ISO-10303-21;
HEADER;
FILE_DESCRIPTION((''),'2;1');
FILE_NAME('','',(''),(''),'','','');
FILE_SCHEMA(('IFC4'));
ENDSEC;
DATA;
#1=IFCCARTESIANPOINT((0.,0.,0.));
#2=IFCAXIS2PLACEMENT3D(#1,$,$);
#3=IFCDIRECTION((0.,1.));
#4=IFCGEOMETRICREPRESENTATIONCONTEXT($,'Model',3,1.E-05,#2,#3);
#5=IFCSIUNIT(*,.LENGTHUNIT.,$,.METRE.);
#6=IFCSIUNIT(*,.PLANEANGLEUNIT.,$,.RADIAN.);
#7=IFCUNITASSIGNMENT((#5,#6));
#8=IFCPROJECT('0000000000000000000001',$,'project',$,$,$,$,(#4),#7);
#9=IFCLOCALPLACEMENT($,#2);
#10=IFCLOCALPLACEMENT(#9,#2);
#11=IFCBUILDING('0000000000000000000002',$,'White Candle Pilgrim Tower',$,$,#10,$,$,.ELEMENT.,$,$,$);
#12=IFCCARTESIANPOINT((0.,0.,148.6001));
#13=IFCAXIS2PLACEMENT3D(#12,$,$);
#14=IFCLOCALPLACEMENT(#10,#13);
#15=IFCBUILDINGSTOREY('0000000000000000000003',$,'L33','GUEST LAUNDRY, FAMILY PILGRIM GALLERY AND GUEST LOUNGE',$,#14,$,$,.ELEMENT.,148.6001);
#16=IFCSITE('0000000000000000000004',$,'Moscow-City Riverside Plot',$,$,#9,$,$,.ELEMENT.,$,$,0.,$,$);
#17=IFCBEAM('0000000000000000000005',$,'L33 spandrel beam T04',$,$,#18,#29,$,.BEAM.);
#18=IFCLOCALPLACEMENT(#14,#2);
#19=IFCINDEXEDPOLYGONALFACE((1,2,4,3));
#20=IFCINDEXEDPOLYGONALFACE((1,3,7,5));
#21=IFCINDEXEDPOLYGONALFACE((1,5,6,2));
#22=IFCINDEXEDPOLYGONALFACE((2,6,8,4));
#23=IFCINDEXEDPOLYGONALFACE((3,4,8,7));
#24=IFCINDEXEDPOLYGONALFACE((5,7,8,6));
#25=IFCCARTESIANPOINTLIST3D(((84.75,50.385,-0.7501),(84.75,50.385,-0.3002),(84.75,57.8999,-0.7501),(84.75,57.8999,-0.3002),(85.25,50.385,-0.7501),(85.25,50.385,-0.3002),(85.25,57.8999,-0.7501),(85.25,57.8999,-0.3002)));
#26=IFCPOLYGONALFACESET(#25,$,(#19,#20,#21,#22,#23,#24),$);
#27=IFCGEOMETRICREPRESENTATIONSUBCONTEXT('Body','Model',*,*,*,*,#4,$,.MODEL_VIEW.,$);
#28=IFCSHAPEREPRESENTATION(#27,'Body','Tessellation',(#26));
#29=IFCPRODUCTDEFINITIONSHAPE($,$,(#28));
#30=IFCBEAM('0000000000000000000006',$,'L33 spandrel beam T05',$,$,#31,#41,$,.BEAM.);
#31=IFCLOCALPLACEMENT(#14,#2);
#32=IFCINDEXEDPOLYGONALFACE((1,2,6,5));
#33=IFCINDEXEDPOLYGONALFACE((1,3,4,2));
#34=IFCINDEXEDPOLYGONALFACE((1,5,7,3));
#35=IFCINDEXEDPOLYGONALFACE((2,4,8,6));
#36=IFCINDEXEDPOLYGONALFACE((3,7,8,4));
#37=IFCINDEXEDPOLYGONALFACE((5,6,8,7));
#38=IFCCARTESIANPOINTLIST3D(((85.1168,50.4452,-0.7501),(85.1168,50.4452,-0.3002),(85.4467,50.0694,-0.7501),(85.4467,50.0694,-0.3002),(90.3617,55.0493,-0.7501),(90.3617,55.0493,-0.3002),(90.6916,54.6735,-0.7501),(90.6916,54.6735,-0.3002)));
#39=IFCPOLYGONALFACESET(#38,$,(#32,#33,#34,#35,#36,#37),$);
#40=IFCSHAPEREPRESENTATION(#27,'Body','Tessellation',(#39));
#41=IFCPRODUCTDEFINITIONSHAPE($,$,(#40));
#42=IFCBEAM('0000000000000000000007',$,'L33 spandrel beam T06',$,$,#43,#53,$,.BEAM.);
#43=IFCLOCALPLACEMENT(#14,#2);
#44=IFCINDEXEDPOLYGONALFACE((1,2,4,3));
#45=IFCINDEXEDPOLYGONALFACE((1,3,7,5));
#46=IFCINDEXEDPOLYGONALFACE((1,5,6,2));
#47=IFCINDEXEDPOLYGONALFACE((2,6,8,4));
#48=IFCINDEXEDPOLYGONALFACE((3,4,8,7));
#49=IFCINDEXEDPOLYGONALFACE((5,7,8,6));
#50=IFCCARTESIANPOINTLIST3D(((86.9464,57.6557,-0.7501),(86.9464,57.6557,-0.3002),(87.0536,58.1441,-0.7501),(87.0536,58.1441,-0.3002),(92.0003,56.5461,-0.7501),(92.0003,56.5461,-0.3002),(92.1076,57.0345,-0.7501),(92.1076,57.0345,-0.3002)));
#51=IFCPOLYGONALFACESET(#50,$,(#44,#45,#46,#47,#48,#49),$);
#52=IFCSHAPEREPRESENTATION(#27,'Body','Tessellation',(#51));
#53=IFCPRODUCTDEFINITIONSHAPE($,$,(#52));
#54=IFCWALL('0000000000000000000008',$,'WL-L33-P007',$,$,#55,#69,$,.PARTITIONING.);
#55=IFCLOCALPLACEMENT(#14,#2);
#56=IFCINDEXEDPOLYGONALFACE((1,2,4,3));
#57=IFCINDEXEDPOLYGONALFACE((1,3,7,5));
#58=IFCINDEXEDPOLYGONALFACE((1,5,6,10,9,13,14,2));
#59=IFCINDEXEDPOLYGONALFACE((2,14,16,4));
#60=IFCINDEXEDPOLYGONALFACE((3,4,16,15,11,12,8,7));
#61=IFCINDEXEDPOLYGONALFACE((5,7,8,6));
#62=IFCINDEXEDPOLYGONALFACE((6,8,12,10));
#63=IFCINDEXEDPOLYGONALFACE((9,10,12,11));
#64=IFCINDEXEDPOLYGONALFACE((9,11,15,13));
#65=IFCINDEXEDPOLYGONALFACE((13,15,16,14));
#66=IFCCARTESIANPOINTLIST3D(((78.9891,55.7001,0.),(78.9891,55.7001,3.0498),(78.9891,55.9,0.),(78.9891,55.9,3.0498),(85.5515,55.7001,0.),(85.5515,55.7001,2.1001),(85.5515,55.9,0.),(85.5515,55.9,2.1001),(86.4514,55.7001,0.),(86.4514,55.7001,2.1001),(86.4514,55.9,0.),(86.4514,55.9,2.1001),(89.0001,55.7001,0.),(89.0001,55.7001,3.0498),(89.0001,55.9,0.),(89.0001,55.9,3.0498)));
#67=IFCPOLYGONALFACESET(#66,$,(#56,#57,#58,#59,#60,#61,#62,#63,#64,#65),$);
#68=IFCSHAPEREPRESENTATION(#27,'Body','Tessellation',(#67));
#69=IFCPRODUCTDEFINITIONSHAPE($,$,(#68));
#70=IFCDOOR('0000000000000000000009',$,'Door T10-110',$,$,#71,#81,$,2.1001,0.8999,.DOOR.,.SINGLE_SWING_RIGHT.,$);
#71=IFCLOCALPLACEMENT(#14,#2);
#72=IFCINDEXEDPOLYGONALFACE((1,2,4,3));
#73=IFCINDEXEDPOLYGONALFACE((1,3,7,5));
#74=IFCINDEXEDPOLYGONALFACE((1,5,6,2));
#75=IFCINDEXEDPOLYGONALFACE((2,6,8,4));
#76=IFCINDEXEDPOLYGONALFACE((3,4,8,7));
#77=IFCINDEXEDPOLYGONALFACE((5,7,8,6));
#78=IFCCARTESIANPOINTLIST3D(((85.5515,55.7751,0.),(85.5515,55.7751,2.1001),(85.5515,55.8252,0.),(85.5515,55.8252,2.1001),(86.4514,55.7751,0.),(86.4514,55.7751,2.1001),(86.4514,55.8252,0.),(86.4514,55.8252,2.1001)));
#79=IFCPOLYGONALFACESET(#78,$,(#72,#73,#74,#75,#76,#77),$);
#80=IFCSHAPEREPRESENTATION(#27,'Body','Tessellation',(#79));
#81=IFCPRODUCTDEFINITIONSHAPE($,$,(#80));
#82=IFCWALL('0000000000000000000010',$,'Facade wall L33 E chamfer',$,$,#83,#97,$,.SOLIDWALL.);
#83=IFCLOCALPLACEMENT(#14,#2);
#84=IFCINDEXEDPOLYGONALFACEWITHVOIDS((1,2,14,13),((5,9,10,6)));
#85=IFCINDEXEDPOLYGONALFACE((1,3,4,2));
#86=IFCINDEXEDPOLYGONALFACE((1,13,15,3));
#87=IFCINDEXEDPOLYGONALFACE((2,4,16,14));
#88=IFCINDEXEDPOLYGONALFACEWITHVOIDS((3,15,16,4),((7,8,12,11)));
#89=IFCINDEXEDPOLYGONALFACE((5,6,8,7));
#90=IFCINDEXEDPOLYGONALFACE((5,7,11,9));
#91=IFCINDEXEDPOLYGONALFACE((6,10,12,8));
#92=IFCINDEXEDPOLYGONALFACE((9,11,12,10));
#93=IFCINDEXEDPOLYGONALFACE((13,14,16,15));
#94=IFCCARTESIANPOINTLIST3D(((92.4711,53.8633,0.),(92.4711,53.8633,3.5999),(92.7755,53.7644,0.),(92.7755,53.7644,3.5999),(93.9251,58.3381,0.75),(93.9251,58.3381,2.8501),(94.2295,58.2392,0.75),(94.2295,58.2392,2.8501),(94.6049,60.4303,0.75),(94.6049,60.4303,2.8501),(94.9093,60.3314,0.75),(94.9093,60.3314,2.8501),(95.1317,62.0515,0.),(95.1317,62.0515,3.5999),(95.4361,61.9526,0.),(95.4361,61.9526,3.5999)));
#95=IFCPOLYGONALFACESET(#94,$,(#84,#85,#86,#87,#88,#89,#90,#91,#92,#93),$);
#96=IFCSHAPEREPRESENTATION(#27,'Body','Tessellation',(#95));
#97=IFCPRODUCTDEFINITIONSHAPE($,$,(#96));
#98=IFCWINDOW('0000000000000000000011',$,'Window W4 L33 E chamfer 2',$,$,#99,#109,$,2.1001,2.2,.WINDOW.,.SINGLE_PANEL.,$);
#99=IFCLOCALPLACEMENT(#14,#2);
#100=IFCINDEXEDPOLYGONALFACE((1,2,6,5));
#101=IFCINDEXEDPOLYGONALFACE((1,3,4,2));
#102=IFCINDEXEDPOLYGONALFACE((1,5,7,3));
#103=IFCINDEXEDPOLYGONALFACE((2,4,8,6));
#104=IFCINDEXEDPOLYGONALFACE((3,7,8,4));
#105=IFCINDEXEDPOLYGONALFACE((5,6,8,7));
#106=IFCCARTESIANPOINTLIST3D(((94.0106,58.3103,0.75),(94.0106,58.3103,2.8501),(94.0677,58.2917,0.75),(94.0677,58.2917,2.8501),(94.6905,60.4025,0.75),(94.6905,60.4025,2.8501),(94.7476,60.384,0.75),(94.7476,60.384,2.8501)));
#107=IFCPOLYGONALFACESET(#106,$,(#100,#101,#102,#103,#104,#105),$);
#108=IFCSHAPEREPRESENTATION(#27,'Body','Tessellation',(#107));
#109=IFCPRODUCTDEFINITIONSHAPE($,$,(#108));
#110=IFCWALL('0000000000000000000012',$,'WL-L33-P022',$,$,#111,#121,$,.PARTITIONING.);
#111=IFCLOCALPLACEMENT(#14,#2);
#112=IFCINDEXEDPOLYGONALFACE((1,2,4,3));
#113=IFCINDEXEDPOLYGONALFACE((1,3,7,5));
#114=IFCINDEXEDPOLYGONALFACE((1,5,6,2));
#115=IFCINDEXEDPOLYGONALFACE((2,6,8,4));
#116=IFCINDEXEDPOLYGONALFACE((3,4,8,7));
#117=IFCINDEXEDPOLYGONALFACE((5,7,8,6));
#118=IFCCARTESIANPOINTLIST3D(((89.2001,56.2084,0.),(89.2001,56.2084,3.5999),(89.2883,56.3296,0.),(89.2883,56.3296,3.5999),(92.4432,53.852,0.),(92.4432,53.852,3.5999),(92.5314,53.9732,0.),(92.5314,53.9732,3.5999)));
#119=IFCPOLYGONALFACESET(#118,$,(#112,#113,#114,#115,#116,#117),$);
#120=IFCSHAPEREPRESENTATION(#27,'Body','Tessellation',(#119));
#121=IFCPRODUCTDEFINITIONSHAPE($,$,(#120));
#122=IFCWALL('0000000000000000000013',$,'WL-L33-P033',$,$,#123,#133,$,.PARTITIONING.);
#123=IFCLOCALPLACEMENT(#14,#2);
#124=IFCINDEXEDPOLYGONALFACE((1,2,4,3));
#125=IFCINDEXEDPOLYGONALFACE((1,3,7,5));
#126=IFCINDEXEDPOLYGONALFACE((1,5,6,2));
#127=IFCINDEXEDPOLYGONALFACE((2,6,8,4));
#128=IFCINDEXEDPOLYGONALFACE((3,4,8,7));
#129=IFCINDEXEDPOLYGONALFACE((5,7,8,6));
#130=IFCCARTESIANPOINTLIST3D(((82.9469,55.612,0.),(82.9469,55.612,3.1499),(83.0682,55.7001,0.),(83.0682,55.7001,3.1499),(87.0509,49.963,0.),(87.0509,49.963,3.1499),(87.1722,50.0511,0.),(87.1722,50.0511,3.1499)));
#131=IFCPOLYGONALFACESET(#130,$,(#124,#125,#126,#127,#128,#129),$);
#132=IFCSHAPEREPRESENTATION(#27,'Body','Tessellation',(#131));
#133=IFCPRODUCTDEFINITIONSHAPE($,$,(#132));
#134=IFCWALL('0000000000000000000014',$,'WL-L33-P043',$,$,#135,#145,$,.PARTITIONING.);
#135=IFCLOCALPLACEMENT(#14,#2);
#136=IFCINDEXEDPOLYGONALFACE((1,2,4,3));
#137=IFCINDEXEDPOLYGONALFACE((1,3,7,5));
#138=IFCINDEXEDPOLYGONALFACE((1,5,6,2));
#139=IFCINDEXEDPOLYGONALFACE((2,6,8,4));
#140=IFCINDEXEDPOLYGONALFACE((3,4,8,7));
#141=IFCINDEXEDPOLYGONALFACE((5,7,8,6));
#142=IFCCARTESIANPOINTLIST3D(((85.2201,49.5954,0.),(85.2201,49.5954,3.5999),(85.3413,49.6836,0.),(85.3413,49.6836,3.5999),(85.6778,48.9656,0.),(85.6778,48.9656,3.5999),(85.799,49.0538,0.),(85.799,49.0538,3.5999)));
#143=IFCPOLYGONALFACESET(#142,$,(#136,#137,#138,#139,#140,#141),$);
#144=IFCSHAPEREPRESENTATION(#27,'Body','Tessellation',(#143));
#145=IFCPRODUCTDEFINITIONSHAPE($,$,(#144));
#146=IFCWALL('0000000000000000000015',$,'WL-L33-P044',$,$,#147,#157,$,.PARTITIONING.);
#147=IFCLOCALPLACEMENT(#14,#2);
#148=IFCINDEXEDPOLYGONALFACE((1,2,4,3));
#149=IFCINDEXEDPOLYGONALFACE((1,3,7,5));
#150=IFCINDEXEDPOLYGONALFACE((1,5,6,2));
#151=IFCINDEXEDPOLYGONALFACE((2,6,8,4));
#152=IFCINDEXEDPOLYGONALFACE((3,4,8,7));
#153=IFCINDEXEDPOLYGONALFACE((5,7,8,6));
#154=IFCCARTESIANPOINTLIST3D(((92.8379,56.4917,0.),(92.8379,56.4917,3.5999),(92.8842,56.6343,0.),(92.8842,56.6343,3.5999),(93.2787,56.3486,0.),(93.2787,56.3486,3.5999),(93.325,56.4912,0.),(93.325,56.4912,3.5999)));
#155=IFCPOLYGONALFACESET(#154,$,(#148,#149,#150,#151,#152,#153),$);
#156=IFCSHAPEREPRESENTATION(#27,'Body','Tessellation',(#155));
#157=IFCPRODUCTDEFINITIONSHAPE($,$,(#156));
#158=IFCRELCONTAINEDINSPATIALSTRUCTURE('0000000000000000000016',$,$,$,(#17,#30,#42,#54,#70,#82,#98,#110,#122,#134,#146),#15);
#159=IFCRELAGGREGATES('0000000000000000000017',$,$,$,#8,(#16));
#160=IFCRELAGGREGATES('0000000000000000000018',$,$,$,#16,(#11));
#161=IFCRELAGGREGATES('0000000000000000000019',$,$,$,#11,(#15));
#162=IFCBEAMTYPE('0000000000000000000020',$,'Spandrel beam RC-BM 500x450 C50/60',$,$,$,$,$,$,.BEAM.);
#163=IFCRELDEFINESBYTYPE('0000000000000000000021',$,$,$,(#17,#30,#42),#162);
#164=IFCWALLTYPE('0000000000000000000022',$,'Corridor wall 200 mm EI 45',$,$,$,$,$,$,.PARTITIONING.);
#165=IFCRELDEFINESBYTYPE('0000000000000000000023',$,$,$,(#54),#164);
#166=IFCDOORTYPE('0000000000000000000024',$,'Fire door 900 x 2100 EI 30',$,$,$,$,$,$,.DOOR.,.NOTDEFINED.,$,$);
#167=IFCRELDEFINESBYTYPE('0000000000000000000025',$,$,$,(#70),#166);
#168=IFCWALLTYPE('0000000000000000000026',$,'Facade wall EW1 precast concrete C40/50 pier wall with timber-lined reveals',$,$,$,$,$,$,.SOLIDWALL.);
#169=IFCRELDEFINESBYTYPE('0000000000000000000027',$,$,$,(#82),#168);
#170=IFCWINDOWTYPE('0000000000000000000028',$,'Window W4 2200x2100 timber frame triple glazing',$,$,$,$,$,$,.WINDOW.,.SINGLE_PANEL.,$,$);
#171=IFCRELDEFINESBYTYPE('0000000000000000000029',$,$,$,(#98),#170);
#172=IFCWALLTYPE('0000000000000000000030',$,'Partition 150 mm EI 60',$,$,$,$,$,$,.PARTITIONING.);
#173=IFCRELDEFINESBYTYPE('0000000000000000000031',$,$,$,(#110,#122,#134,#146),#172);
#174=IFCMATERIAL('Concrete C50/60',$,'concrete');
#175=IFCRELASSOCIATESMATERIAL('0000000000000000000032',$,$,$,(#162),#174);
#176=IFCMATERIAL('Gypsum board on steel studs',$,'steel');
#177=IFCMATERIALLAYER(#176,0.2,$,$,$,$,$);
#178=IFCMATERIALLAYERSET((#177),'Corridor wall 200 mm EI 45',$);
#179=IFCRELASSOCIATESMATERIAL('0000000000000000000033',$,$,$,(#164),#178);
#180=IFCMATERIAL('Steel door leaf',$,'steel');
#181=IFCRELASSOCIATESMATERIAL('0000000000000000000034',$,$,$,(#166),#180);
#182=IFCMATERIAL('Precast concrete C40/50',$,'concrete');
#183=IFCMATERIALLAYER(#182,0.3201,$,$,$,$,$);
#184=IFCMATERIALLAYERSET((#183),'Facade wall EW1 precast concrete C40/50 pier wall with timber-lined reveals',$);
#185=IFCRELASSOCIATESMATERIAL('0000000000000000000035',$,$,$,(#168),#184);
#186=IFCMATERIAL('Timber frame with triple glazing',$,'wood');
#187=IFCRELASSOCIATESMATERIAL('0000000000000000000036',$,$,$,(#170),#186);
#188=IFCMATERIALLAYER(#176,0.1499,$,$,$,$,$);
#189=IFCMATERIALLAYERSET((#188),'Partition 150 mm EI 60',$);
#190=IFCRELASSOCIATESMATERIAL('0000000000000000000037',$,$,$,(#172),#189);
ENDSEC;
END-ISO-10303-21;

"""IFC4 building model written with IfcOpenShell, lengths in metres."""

from ifc_helpers import new_model, si_unit, direction, frame, frame_2d, origin, origin_2d, place, context, subcontext, project, spatial, rectangle, extrude, material, layer, layer_set, material_profile, profile_set, type_object, element, fill, save


model = new_model("IFC4")

# Units and contexts
model_context = context("Model", 3, precision=1e-05, world=origin(), true_north=direction((0.0, 1.0)))
body_context = subcontext(model_context, "Body", "Model", "MODEL_VIEW")
ifc_project = project(units=[si_unit("LENGTHUNIT", "METRE"), si_unit("PLANEANGLEUNIT", "RADIAN")], contexts=[model_context])

# Site, building, storey
site_placement = place(None, origin())
site = spatial("IfcSite", under=ifc_project, at=site_placement, Name="Moscow-City Riverside Plot", CompositionType="ELEMENT", RefElevation=0.0)
building_placement = place(site_placement, origin())
building = spatial("IfcBuilding", under=site, at=building_placement, Name="White Candle Pilgrim Tower", CompositionType="ELEMENT")
storey_placement = place(building_placement, frame((0.0, 0.0, 148.6001)))
storey = spatial("IfcBuildingStorey", under=building, at=storey_placement, Name="L33", Description="GUEST LAUNDRY, FAMILY PILGRIM GALLERY AND GUEST LOUNGE", CompositionType="ELEMENT", Elevation=148.6001)

# Beams
ifc_material_1 = material(Name="Concrete C50/60", Category="concrete")
ifc_material_profile_1 = material_profile(ifc_material_1, rectangle(XDim=0.5, YDim=0.45, at=origin_2d()), Name="RC-BM 500x450")
ifc_profile_set_1 = profile_set([ifc_material_profile_1], Name="Concrete C50/60")
beam_type = type_object("IfcBeamType", Name="Spandrel beam RC-BM 500x450 C50/60", PredefinedType="BEAM", material=ifc_profile_set_1)
beam_1_placement = place(storey_placement, frame((85.0, 50.385, -0.5251), z_axis=(0.0, 1.0, 0.0), x_axis=(-1.0, 0.0, 0.0)))
element("IfcBeam", 1, at=beam_1_placement, inside=storey, type_object=beam_type, Name="L33 spandrel beam T04", PredefinedType="BEAM", context=body_context, shape_type="SweptSolid", body=[
    extrude(rectangle(XDim=0.5, YDim=0.45, at=origin_2d()), origin(), (0.0, 0.0, 1.0), 7.5149),
])
beam_2_placement = place(storey_placement, frame((85.2817, 50.2573, -0.5251), z_axis=(0.751529, 0.6597, 0.0), x_axis=(-0.6597, 0.751529, 0.0)))
element("IfcBeam", 2, at=beam_2_placement, inside=storey, type_object=beam_type, Name="L33 spandrel beam T05", PredefinedType="BEAM", context=body_context, shape_type="SweptSolid", body=[
    extrude(rectangle(XDim=0.5, YDim=0.45, at=origin_2d()), origin(), (0.0, 0.0, 1.0), 6.979),
])
beam_3_placement = place(storey_placement, frame((92.054, 56.7903, -0.5251), z_axis=(-0.976736, 0.214447, 0.0), x_axis=(-0.214447, -0.976736, 0.0)))
element("IfcBeam", 3, at=beam_3_placement, inside=storey, type_object=beam_type, Name="L33 spandrel beam T06", PredefinedType="BEAM", context=body_context, shape_type="SweptSolid", body=[
    extrude(rectangle(XDim=0.5, YDim=0.45, at=origin_2d()), origin(), (0.0, 0.0, 1.0), 5.1743),
])

# Wall, opening, door
ifc_material_2 = material(Name="Gypsum board on steel studs", Category="steel")
ifc_layer_1 = layer(ifc_material_2, 0.2)
ifc_layer_set_1 = layer_set([ifc_layer_1], Name="Corridor wall 200 mm EI 45")
wall_type_1 = type_object("IfcWallType", Name="Corridor wall 200 mm EI 45", PredefinedType="PARTITIONING", material=ifc_layer_set_1)
wall_1_placement = place(storey_placement, frame((89.0, 55.8, 0.0), z_axis=(0.0, 0.0, 1.0), x_axis=(-1.0, 0.0, 0.0)))
wall_1 = element("IfcWall", 4, at=wall_1_placement, inside=storey, type_object=wall_type_1, Name="WL-L33-P007", PredefinedType="PARTITIONING", context=body_context, shape_type="SweptSolid", body=[
    extrude(rectangle(XDim=10.011, YDim=0.2, at=frame_2d((5.0054, 0.0))), origin(), (0.0, 0.0, 1.0), 3.0498),
])
opening_1_placement = place(wall_1_placement, frame((2.5486, 0.0, 0.0)))
opening_1 = element("IfcOpeningElement", 5, at=opening_1_placement, cuts=wall_1, PredefinedType="OPENING", context=body_context, shape_type="SweptSolid", body=[
    extrude(rectangle(XDim=0.8999, YDim=2.1001, at=frame_2d((0.45, 1.05))), frame((0.0, 0.1099, 0.0), z_axis=(0.0, -1.0, 0.0), x_axis=(1.0, 0.0, 0.0)), (0.0, 0.0, 1.0), 0.22),
])
ifc_material_3 = material(Name="Steel door leaf", Category="steel")
door_type_1 = type_object("IfcDoorType", Name="Fire door 900 x 2100 EI 30", OperationType="NOTDEFINED", PredefinedType="DOOR", material=ifc_material_3)
door_1_placement = place(opening_1_placement, origin())
door_1 = element("IfcDoor", 6, at=door_1_placement, inside=storey, type_object=door_type_1, Name="Door T10-110", OperationType="SINGLE_SWING_RIGHT", OverallHeight=2.1001, OverallWidth=0.8999, PredefinedType="DOOR", context=body_context, shape_type="SweptSolid", body=[
    extrude(rectangle(XDim=0.8999, YDim=2.1001, at=frame_2d((0.45, 1.05))), frame((0.0, 0.0249, 0.0), z_axis=(0.0, -1.0, 0.0), x_axis=(1.0, 0.0, 0.0)), (0.0, 0.0, 1.0), 0.05),
])
fill(opening_1, door_1)

# Wall, opening, window
ifc_material_4 = material(Name="Precast concrete C40/50", Category="concrete")
ifc_layer_2 = layer(ifc_material_4, 0.3201)
ifc_layer_set_2 = layer_set([ifc_layer_2], Name="Facade wall EW1 precast concrete C40/50 pier wall with timber-lined reveals")
wall_type_2 = type_object("IfcWallType", Name="Facade wall EW1 precast concrete C40/50 pier wall with timber-lined reveals", PredefinedType="SOLIDWALL", material=ifc_layer_set_2)
wall_2_placement = place(storey_placement, frame((92.6233, 53.814, 0.0), z_axis=(0.0, 0.0, 1.0), x_axis=(0.30903, 0.951052, 0.0)))
wall_2 = element("IfcWall", 7, at=wall_2_placement, inside=storey, type_object=wall_type_2, Name="Facade wall L33 E chamfer", PredefinedType="SOLIDWALL", context=body_context, shape_type="SweptSolid", body=[
    extrude(rectangle(XDim=8.6096, YDim=0.3201, at=frame_2d((4.3047, 0.0))), origin(), (0.0, 0.0, 1.0), 3.5999),
])
opening_2_placement = place(wall_2_placement, frame((4.7048, 0.0, 0.75)))
opening_2 = element("IfcOpeningElement", 8, at=opening_2_placement, cuts=wall_2, PredefinedType="OPENING", context=body_context, shape_type="SweptSolid", body=[
    extrude(rectangle(XDim=2.2, YDim=2.1001, at=frame_2d((1.1001, 1.05))), frame((0.0, 0.1699, 0.0), z_axis=(0.0, -1.0, 0.0), x_axis=(1.0, 0.0, 0.0)), (0.0, 0.0, 1.0), 0.3401),
])
ifc_material_5 = material(Name="Timber frame with triple glazing", Category="wood")
window_type = type_object("IfcWindowType", Name="Window W4 2200x2100 timber frame triple glazing", PartitioningType="SINGLE_PANEL", PredefinedType="WINDOW", material=ifc_material_5)
window_placement = place(opening_2_placement, origin())
window = element("IfcWindow", 9, at=window_placement, inside=storey, type_object=window_type, Name="Window W4 L33 E chamfer 2", OverallHeight=2.1001, OverallWidth=2.2, PartitioningType="SINGLE_PANEL", PredefinedType="WINDOW", context=body_context, shape_type="SweptSolid", body=[
    extrude(rectangle(XDim=2.2, YDim=2.1001, at=frame_2d((1.1001, 1.05))), frame((0.0, 0.0701, 0.0), z_axis=(0.0, -1.0, 0.0), x_axis=(1.0, 0.0, 0.0)), (0.0, 0.0, 1.0), 0.0601),
])
fill(opening_2, window)

# Walls
ifc_layer_3 = layer(ifc_material_2, 0.1499)
ifc_layer_set_3 = layer_set([ifc_layer_3], Name="Partition 150 mm EI 60")
wall_type_3 = type_object("IfcWallType", Name="Partition 150 mm EI 60", PredefinedType="PARTITIONING", material=ifc_layer_set_3)
wall_3_placement = place(storey_placement, frame((92.4873, 53.9126, 0.0), z_axis=(0.0, 0.0, 1.0), x_axis=(-0.808999, 0.58781, 0.0)))
element("IfcWall", 10, at=wall_3_placement, inside=storey, type_object=wall_type_3, Name="WL-L33-P022", PredefinedType="PARTITIONING", context=body_context, shape_type="SweptSolid", body=[
    extrude(rectangle(XDim=4.0088, YDim=0.1499, at=frame_2d((2.0044, 0.0))), origin(), (0.0, 0.0, 1.0), 3.5999),
])
wall_4_placement = place(storey_placement, frame((87.1116, 50.0071, 0.0), z_axis=(0.0, 0.0, 1.0), x_axis=(-0.587768, 0.809029, 0.0)))
element("IfcWall", 11, at=wall_4_placement, inside=storey, type_object=wall_type_3, Name="WL-L33-P033", PredefinedType="PARTITIONING", context=body_context, shape_type="SweptSolid", body=[
    extrude(rectangle(XDim=6.9824, YDim=0.1499, at=frame_2d((3.4912, 0.0))), origin(), (0.0, 0.0, 1.0), 3.1499),
])
wall_5_placement = place(storey_placement, frame((85.2808, 49.6394, 0.0), z_axis=(0.0, 0.0, 1.0), x_axis=(0.587892, -0.808939, 0.0)))
element("IfcWall", 12, at=wall_5_placement, inside=storey, type_object=wall_type_3, Name="WL-L33-P043", PredefinedType="PARTITIONING", context=body_context, shape_type="SweptSolid", body=[
    extrude(rectangle(XDim=0.7786, YDim=0.1499, at=frame_2d((0.3892, 0.0))), origin(), (0.0, 0.0, 1.0), 3.5999),
])
wall_6_placement = place(storey_placement, frame((92.8611, 56.563, 0.0), z_axis=(0.0, 0.0, 1.0), x_axis=(0.951131, -0.308788, 0.0)))
element("IfcWall", 13, at=wall_6_placement, inside=storey, type_object=wall_type_3, Name="WL-L33-P044", PredefinedType="PARTITIONING", context=body_context, shape_type="SweptSolid", body=[
    extrude(rectangle(XDim=0.4634, YDim=0.1499, at=frame_2d((0.2317, 0.0))), origin(), (0.0, 0.0, 1.0), 3.5999),
])

save(model, "model.ifc")
